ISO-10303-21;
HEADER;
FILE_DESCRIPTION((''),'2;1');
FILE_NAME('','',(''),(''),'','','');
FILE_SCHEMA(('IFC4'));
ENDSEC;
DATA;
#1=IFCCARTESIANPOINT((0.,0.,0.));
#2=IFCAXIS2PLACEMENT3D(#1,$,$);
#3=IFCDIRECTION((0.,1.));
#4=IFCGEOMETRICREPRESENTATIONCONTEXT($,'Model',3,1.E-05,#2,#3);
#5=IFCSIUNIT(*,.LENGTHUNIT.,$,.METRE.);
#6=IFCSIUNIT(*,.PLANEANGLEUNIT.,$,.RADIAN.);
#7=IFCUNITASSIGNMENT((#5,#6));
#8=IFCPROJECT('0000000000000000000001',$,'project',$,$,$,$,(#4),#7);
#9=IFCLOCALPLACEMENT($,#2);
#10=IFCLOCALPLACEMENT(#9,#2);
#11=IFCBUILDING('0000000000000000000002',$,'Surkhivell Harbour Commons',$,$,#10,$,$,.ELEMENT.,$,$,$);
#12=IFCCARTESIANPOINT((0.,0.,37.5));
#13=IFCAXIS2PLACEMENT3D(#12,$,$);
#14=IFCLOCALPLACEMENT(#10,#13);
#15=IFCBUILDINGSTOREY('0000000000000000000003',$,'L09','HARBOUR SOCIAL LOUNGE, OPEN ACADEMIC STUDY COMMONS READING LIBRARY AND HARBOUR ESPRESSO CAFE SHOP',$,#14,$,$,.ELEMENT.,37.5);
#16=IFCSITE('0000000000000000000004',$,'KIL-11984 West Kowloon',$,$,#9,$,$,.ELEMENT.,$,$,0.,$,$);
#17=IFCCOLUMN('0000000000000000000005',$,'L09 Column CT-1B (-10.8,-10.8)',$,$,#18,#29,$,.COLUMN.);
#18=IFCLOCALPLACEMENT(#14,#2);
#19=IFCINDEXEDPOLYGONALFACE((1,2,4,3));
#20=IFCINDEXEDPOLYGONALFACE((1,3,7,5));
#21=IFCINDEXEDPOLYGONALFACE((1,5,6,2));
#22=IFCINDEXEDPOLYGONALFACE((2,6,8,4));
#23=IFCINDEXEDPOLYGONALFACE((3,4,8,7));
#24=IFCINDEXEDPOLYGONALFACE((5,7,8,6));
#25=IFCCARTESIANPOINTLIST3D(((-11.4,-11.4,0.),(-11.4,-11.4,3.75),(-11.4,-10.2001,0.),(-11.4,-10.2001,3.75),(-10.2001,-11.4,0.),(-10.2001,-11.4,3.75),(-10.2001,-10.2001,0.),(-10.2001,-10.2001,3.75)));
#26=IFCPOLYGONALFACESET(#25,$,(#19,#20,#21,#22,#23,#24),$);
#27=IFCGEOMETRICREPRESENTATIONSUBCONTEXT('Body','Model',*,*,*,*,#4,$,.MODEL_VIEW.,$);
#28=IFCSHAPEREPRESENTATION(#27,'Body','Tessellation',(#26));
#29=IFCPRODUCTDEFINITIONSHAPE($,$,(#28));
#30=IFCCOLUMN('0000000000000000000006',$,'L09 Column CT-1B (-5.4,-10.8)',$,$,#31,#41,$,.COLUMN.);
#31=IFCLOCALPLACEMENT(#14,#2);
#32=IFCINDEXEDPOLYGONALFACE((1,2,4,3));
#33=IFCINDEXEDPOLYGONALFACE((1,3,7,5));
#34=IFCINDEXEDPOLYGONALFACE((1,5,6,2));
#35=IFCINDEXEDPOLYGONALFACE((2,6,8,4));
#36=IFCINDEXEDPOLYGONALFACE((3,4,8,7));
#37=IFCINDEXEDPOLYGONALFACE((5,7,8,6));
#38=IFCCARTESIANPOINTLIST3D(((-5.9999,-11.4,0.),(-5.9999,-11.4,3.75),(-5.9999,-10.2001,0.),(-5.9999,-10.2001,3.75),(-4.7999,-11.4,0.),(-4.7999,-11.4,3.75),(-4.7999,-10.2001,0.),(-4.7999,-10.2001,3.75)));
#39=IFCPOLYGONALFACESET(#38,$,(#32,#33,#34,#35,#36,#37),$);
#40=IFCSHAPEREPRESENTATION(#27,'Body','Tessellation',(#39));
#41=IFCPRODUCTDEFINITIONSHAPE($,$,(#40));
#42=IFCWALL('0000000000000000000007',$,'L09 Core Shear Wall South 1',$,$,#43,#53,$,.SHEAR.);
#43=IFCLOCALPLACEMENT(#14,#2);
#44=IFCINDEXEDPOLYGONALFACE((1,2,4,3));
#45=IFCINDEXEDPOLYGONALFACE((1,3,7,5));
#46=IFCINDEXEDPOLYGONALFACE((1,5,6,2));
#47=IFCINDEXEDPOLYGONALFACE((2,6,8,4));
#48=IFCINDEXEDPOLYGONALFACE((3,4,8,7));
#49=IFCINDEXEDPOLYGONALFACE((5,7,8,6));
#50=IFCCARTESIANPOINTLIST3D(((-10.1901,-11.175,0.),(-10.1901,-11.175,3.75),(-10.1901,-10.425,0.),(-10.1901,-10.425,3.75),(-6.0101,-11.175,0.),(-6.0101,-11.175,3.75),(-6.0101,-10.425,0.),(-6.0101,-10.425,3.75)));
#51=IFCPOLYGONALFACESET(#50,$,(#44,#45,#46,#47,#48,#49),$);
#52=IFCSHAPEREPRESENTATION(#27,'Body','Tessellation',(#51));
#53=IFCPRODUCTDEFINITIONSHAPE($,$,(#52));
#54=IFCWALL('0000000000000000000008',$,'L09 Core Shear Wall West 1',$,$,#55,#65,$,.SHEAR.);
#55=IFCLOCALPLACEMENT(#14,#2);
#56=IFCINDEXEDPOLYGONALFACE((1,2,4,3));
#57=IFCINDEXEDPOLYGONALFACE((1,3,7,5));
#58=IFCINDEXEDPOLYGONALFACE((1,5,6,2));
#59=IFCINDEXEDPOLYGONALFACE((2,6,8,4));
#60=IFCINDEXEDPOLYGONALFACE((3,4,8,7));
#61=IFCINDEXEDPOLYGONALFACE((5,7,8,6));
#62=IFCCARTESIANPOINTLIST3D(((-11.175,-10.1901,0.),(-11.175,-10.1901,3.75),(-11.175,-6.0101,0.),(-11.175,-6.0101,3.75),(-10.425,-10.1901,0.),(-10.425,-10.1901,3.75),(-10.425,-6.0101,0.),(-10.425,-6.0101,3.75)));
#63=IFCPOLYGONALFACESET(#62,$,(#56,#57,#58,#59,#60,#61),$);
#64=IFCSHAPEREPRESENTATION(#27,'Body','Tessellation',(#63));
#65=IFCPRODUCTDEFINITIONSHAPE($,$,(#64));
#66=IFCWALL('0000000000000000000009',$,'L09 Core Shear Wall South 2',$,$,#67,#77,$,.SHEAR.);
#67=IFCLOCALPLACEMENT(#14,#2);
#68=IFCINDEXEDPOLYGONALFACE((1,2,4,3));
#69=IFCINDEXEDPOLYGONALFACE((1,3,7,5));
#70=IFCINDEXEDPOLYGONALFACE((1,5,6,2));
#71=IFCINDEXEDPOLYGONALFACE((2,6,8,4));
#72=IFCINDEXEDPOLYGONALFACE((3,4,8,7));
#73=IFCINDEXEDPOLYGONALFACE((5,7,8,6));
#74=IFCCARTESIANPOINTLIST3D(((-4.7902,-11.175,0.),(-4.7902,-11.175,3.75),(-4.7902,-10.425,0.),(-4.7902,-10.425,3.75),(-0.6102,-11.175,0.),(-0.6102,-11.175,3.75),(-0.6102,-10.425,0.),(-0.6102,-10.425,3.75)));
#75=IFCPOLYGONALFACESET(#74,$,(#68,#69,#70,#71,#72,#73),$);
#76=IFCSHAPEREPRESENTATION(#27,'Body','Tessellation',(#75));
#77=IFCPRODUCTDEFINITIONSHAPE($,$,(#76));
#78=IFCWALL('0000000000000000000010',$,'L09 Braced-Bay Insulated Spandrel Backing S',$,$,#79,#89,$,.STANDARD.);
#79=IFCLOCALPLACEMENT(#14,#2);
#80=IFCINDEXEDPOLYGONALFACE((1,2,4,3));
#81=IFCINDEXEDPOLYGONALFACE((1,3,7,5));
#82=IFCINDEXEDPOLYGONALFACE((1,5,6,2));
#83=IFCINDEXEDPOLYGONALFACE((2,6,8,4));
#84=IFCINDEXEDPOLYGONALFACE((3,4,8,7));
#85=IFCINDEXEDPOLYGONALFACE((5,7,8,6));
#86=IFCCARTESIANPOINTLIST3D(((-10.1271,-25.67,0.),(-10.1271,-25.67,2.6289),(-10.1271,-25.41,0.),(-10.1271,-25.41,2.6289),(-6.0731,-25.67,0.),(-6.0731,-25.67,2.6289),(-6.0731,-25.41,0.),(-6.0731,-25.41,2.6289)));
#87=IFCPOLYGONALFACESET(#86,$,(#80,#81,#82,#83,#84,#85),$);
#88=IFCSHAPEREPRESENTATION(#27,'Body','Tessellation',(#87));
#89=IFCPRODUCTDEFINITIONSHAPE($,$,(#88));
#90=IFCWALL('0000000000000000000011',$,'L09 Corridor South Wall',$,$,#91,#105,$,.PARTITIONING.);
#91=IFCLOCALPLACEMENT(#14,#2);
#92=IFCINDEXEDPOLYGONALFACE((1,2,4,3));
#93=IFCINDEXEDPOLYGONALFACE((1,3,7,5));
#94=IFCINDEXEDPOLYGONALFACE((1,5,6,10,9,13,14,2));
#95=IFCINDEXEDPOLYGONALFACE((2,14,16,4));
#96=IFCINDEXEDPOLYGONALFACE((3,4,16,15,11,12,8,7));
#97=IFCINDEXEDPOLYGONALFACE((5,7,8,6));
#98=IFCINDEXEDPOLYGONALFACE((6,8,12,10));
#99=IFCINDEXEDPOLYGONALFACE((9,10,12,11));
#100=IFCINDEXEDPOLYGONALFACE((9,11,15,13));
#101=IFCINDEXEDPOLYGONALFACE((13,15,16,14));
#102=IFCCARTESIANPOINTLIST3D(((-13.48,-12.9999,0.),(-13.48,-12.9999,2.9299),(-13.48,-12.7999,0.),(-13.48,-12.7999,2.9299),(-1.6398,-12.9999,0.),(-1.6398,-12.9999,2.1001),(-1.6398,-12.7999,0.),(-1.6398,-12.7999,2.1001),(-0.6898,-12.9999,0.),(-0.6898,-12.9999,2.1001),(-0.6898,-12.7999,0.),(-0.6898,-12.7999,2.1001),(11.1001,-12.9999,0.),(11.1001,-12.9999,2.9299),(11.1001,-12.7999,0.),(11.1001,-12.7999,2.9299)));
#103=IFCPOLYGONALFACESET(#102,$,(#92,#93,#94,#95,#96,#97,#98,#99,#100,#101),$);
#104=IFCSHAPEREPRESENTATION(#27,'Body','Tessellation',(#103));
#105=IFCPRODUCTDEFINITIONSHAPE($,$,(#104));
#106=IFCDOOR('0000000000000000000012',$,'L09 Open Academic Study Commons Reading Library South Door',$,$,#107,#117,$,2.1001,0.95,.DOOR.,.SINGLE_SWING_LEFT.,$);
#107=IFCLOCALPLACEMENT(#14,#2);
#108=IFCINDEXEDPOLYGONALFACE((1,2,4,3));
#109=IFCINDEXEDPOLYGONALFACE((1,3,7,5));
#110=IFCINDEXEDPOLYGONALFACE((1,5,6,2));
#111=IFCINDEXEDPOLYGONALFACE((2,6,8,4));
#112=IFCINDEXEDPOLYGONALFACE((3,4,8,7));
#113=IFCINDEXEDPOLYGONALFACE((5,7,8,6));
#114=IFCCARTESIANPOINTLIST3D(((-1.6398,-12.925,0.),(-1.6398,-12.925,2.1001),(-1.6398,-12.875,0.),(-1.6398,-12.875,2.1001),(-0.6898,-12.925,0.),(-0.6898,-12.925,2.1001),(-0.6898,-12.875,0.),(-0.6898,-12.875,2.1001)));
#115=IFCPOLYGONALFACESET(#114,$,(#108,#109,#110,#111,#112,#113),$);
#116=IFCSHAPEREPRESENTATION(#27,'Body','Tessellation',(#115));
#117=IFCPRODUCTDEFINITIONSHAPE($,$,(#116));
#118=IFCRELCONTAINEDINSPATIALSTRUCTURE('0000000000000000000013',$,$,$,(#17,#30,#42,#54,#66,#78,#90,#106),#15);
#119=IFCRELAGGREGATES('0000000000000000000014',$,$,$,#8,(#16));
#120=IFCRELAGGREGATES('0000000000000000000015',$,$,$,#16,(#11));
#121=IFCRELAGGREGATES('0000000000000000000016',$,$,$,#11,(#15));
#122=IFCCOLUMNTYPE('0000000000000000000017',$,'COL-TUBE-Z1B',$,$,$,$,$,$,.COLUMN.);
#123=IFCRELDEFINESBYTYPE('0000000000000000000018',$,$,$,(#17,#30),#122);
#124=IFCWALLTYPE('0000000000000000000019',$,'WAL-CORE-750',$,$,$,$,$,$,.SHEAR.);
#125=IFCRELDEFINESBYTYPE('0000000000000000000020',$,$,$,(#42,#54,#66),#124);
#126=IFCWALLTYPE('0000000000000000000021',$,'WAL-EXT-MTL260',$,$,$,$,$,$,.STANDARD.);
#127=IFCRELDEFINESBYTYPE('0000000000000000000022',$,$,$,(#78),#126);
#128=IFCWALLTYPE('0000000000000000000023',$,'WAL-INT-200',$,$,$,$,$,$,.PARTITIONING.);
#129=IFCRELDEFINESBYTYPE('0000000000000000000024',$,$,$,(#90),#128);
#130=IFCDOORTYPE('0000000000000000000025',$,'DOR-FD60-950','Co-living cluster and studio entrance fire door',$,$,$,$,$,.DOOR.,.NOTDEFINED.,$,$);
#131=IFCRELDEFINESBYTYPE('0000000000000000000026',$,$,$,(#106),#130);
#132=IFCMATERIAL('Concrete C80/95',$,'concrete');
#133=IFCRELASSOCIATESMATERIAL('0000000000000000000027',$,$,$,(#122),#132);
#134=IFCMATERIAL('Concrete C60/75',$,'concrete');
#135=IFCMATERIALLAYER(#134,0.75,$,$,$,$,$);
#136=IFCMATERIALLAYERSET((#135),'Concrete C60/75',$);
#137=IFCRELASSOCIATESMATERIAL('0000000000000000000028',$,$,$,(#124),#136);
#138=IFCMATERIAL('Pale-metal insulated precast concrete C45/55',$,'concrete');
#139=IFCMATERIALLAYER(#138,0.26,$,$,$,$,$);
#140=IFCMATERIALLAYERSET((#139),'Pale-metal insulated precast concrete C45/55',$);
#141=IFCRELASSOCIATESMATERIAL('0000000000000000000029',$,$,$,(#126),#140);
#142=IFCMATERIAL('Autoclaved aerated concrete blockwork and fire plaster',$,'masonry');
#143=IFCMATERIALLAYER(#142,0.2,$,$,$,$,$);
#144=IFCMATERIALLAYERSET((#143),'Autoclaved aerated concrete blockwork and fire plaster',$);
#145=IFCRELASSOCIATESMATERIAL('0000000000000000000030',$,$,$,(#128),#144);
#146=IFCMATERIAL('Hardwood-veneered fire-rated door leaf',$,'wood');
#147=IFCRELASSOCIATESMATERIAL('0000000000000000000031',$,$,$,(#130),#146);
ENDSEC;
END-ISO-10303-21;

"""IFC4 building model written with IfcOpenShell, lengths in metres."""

from ifc_helpers import new_model, si_unit, direction, frame, frame_2d, origin, origin_2d, place, context, subcontext, project, spatial, rectangle, extrude, material, layer, layer_set, material_profile, profile_set, type_object, element, fill, save


model = new_model("IFC4")

# Units and contexts
model_context = context("Model", 3, precision=1e-05, world=origin(), true_north=direction((0.0, 1.0)))
body_context = subcontext(model_context, "Body", "Model", "MODEL_VIEW")
ifc_project = project(units=[si_unit("LENGTHUNIT", "METRE"), si_unit("PLANEANGLEUNIT", "RADIAN")], contexts=[model_context])

# Site, building, storey
site_placement = place(None, origin())
site = spatial("IfcSite", under=ifc_project, at=site_placement, Name="KIL-11984 West Kowloon", CompositionType="ELEMENT", RefElevation=0.0)
building_placement = place(site_placement, origin())
building = spatial("IfcBuilding", under=site, at=building_placement, Name="Surkhivell Harbour Commons", CompositionType="ELEMENT")
storey_placement = place(building_placement, frame((0.0, 0.0, 37.5)))
storey = spatial("IfcBuildingStorey", under=building, at=storey_placement, Name="L09", Description="HARBOUR SOCIAL LOUNGE, OPEN ACADEMIC STUDY COMMONS READING LIBRARY AND HARBOUR ESPRESSO CAFE SHOP", CompositionType="ELEMENT", Elevation=37.5)

# Columns
ifc_material_1 = material(Name="Concrete C80/95", Category="concrete")
ifc_material_profile = material_profile(ifc_material_1, rectangle(XDim=1.2, YDim=1.2, at=origin_2d()), Name="RC-COL-1200x1200")
ifc_profile_set = profile_set([ifc_material_profile], Name="Concrete C80/95")
column_type = type_object("IfcColumnType", Name="COL-TUBE-Z1B", PredefinedType="COLUMN", material=ifc_profile_set)
for number, where, z_axis, x_axis, name in (
    (1, (-10.8, -10.8, 0.0), (0.0, 0.0, 1.0), (1.0, 0.0, 0.0), "L09 Column CT-1B (-10.8,-10.8)"),
    (2, (-5.3999, -10.8, 0.0), (0.0, 0.0, 1.0), (1.0, 0.0, 0.0), "L09 Column CT-1B (-5.4,-10.8)"),
):
    element("IfcColumn", number, at=place(storey_placement, frame(where, z_axis=z_axis, x_axis=x_axis)), inside=storey, type_object=column_type, Name=name, PredefinedType="COLUMN", context=body_context, shape_type="SweptSolid", body=[
        extrude(rectangle(XDim=1.2, YDim=1.2, at=origin_2d()), origin(), (0.0, 0.0, 1.0), 3.75),
    ])

# Walls
ifc_material_2 = material(Name="Concrete C60/75", Category="concrete")
ifc_layer_1 = layer(ifc_material_2, 0.75)
ifc_layer_set_1 = layer_set([ifc_layer_1], Name="Concrete C60/75")
wall_type_1 = type_object("IfcWallType", Name="WAL-CORE-750", PredefinedType="SHEAR", material=ifc_layer_set_1)
for number, where, z_axis, x_axis, name in (
    (3, (-10.1899, -10.8, 0.0), (0.0, 0.0, 1.0), (1.0, 0.0, 0.0), "L09 Core Shear Wall South 1"),
    (4, (-10.8, -10.1899, 0.0), (0.0, 0.0, 1.0), (0.0, 1.0, 0.0), "L09 Core Shear Wall West 1"),
    (5, (-4.79, -10.8, 0.0), (0.0, 0.0, 1.0), (1.0, 0.0, 0.0), "L09 Core Shear Wall South 2"),
):
    element("IfcWall", number, at=place(storey_placement, frame(where, z_axis=z_axis, x_axis=x_axis)), inside=storey, type_object=wall_type_1, Name=name, PredefinedType="SHEAR", context=body_context, shape_type="SweptSolid", body=[
        extrude(rectangle(XDim=4.1799, YDim=0.75, at=frame_2d((2.0898, 0.0))), origin(), (0.0, 0.0, 1.0), 3.75),
    ])
ifc_material_3 = material(Name="Pale-metal insulated precast concrete C45/55", Category="concrete")
ifc_layer_2 = layer(ifc_material_3, 0.26)
ifc_layer_set_2 = layer_set([ifc_layer_2], Name="Pale-metal insulated precast concrete C45/55")
wall_type_2 = type_object("IfcWallType", Name="WAL-EXT-MTL260", PredefinedType="STANDARD", material=ifc_layer_set_2)
wall_1_placement = place(storey_placement, frame((-10.127, -25.54, 0.0), z_axis=(0.0, 0.0, 1.0), x_axis=(1.0, 0.0, 0.0)))
element("IfcWall", 6, at=wall_1_placement, inside=storey, type_object=wall_type_2, Name="L09 Braced-Bay Insulated Spandrel Backing S", PredefinedType="STANDARD", context=body_context, shape_type="SweptSolid", body=[
    extrude(rectangle(XDim=4.054, YDim=0.26, at=frame_2d((2.0269, 0.0))), origin(), (0.0, 0.0, 1.0), 2.6289),
])

# Wall, opening, door
ifc_material_4 = material(Name="Autoclaved aerated concrete blockwork and fire plaster", Category="masonry")
ifc_layer_3 = layer(ifc_material_4, 0.2)
ifc_layer_set_3 = layer_set([ifc_layer_3], Name="Autoclaved aerated concrete blockwork and fire plaster")
wall_type_3 = type_object("IfcWallType", Name="WAL-INT-200", PredefinedType="PARTITIONING", material=ifc_layer_set_3)
wall_2_placement = place(storey_placement, frame((-13.48, -12.8999, 0.0), z_axis=(0.0, 0.0, 1.0), x_axis=(1.0, 0.0, 0.0)))
wall_2 = element("IfcWall", 7, at=wall_2_placement, inside=storey, type_object=wall_type_3, Name="L09 Corridor South Wall", PredefinedType="PARTITIONING", context=body_context, shape_type="SweptSolid", body=[
    extrude(rectangle(XDim=24.5801, YDim=0.2, at=frame_2d((12.29, 0.0))), origin(), (0.0, 0.0, 1.0), 2.9299),
])
opening_1_placement = place(wall_2_placement, frame((11.8401, 0.0, 0.0)))
opening_1 = element("IfcOpeningElement", 8, at=opening_1_placement, cuts=wall_2, PredefinedType="OPENING", context=body_context, shape_type="SweptSolid", body=[
    extrude(rectangle(XDim=0.95, YDim=2.1001, at=frame_2d((0.4751, 1.05))), frame((0.0, 0.1099, 0.0), z_axis=(0.0, -1.0, 0.0), x_axis=(1.0, 0.0, 0.0)), (0.0, 0.0, 1.0), 0.22),
])
ifc_material_5 = material(Name="Hardwood-veneered fire-rated door leaf", Category="wood")
door_type_1 = type_object("IfcDoorType", Name="DOR-FD60-950", Description="Co-living cluster and studio entrance fire door", OperationType="NOTDEFINED", PredefinedType="DOOR", material=ifc_material_5)
door_1_placement = place(opening_1_placement, origin())
door_1 = element("IfcDoor", 9, at=door_1_placement, inside=storey, type_object=door_type_1, Name="L09 Open Academic Study Commons Reading Library South Door", OperationType="SINGLE_SWING_LEFT", OverallHeight=2.1001, OverallWidth=0.95, PredefinedType="DOOR", context=body_context, shape_type="SweptSolid", body=[
    extrude(rectangle(XDim=0.95, YDim=2.1001, at=frame_2d((0.4751, 1.05))), frame((0.0, 0.0249, 0.0), z_axis=(0.0, -1.0, 0.0), x_axis=(1.0, 0.0, 0.0)), (0.0, 0.0, 1.0), 0.05),
])
fill(opening_1, door_1)

save(model, "model.ifc")
